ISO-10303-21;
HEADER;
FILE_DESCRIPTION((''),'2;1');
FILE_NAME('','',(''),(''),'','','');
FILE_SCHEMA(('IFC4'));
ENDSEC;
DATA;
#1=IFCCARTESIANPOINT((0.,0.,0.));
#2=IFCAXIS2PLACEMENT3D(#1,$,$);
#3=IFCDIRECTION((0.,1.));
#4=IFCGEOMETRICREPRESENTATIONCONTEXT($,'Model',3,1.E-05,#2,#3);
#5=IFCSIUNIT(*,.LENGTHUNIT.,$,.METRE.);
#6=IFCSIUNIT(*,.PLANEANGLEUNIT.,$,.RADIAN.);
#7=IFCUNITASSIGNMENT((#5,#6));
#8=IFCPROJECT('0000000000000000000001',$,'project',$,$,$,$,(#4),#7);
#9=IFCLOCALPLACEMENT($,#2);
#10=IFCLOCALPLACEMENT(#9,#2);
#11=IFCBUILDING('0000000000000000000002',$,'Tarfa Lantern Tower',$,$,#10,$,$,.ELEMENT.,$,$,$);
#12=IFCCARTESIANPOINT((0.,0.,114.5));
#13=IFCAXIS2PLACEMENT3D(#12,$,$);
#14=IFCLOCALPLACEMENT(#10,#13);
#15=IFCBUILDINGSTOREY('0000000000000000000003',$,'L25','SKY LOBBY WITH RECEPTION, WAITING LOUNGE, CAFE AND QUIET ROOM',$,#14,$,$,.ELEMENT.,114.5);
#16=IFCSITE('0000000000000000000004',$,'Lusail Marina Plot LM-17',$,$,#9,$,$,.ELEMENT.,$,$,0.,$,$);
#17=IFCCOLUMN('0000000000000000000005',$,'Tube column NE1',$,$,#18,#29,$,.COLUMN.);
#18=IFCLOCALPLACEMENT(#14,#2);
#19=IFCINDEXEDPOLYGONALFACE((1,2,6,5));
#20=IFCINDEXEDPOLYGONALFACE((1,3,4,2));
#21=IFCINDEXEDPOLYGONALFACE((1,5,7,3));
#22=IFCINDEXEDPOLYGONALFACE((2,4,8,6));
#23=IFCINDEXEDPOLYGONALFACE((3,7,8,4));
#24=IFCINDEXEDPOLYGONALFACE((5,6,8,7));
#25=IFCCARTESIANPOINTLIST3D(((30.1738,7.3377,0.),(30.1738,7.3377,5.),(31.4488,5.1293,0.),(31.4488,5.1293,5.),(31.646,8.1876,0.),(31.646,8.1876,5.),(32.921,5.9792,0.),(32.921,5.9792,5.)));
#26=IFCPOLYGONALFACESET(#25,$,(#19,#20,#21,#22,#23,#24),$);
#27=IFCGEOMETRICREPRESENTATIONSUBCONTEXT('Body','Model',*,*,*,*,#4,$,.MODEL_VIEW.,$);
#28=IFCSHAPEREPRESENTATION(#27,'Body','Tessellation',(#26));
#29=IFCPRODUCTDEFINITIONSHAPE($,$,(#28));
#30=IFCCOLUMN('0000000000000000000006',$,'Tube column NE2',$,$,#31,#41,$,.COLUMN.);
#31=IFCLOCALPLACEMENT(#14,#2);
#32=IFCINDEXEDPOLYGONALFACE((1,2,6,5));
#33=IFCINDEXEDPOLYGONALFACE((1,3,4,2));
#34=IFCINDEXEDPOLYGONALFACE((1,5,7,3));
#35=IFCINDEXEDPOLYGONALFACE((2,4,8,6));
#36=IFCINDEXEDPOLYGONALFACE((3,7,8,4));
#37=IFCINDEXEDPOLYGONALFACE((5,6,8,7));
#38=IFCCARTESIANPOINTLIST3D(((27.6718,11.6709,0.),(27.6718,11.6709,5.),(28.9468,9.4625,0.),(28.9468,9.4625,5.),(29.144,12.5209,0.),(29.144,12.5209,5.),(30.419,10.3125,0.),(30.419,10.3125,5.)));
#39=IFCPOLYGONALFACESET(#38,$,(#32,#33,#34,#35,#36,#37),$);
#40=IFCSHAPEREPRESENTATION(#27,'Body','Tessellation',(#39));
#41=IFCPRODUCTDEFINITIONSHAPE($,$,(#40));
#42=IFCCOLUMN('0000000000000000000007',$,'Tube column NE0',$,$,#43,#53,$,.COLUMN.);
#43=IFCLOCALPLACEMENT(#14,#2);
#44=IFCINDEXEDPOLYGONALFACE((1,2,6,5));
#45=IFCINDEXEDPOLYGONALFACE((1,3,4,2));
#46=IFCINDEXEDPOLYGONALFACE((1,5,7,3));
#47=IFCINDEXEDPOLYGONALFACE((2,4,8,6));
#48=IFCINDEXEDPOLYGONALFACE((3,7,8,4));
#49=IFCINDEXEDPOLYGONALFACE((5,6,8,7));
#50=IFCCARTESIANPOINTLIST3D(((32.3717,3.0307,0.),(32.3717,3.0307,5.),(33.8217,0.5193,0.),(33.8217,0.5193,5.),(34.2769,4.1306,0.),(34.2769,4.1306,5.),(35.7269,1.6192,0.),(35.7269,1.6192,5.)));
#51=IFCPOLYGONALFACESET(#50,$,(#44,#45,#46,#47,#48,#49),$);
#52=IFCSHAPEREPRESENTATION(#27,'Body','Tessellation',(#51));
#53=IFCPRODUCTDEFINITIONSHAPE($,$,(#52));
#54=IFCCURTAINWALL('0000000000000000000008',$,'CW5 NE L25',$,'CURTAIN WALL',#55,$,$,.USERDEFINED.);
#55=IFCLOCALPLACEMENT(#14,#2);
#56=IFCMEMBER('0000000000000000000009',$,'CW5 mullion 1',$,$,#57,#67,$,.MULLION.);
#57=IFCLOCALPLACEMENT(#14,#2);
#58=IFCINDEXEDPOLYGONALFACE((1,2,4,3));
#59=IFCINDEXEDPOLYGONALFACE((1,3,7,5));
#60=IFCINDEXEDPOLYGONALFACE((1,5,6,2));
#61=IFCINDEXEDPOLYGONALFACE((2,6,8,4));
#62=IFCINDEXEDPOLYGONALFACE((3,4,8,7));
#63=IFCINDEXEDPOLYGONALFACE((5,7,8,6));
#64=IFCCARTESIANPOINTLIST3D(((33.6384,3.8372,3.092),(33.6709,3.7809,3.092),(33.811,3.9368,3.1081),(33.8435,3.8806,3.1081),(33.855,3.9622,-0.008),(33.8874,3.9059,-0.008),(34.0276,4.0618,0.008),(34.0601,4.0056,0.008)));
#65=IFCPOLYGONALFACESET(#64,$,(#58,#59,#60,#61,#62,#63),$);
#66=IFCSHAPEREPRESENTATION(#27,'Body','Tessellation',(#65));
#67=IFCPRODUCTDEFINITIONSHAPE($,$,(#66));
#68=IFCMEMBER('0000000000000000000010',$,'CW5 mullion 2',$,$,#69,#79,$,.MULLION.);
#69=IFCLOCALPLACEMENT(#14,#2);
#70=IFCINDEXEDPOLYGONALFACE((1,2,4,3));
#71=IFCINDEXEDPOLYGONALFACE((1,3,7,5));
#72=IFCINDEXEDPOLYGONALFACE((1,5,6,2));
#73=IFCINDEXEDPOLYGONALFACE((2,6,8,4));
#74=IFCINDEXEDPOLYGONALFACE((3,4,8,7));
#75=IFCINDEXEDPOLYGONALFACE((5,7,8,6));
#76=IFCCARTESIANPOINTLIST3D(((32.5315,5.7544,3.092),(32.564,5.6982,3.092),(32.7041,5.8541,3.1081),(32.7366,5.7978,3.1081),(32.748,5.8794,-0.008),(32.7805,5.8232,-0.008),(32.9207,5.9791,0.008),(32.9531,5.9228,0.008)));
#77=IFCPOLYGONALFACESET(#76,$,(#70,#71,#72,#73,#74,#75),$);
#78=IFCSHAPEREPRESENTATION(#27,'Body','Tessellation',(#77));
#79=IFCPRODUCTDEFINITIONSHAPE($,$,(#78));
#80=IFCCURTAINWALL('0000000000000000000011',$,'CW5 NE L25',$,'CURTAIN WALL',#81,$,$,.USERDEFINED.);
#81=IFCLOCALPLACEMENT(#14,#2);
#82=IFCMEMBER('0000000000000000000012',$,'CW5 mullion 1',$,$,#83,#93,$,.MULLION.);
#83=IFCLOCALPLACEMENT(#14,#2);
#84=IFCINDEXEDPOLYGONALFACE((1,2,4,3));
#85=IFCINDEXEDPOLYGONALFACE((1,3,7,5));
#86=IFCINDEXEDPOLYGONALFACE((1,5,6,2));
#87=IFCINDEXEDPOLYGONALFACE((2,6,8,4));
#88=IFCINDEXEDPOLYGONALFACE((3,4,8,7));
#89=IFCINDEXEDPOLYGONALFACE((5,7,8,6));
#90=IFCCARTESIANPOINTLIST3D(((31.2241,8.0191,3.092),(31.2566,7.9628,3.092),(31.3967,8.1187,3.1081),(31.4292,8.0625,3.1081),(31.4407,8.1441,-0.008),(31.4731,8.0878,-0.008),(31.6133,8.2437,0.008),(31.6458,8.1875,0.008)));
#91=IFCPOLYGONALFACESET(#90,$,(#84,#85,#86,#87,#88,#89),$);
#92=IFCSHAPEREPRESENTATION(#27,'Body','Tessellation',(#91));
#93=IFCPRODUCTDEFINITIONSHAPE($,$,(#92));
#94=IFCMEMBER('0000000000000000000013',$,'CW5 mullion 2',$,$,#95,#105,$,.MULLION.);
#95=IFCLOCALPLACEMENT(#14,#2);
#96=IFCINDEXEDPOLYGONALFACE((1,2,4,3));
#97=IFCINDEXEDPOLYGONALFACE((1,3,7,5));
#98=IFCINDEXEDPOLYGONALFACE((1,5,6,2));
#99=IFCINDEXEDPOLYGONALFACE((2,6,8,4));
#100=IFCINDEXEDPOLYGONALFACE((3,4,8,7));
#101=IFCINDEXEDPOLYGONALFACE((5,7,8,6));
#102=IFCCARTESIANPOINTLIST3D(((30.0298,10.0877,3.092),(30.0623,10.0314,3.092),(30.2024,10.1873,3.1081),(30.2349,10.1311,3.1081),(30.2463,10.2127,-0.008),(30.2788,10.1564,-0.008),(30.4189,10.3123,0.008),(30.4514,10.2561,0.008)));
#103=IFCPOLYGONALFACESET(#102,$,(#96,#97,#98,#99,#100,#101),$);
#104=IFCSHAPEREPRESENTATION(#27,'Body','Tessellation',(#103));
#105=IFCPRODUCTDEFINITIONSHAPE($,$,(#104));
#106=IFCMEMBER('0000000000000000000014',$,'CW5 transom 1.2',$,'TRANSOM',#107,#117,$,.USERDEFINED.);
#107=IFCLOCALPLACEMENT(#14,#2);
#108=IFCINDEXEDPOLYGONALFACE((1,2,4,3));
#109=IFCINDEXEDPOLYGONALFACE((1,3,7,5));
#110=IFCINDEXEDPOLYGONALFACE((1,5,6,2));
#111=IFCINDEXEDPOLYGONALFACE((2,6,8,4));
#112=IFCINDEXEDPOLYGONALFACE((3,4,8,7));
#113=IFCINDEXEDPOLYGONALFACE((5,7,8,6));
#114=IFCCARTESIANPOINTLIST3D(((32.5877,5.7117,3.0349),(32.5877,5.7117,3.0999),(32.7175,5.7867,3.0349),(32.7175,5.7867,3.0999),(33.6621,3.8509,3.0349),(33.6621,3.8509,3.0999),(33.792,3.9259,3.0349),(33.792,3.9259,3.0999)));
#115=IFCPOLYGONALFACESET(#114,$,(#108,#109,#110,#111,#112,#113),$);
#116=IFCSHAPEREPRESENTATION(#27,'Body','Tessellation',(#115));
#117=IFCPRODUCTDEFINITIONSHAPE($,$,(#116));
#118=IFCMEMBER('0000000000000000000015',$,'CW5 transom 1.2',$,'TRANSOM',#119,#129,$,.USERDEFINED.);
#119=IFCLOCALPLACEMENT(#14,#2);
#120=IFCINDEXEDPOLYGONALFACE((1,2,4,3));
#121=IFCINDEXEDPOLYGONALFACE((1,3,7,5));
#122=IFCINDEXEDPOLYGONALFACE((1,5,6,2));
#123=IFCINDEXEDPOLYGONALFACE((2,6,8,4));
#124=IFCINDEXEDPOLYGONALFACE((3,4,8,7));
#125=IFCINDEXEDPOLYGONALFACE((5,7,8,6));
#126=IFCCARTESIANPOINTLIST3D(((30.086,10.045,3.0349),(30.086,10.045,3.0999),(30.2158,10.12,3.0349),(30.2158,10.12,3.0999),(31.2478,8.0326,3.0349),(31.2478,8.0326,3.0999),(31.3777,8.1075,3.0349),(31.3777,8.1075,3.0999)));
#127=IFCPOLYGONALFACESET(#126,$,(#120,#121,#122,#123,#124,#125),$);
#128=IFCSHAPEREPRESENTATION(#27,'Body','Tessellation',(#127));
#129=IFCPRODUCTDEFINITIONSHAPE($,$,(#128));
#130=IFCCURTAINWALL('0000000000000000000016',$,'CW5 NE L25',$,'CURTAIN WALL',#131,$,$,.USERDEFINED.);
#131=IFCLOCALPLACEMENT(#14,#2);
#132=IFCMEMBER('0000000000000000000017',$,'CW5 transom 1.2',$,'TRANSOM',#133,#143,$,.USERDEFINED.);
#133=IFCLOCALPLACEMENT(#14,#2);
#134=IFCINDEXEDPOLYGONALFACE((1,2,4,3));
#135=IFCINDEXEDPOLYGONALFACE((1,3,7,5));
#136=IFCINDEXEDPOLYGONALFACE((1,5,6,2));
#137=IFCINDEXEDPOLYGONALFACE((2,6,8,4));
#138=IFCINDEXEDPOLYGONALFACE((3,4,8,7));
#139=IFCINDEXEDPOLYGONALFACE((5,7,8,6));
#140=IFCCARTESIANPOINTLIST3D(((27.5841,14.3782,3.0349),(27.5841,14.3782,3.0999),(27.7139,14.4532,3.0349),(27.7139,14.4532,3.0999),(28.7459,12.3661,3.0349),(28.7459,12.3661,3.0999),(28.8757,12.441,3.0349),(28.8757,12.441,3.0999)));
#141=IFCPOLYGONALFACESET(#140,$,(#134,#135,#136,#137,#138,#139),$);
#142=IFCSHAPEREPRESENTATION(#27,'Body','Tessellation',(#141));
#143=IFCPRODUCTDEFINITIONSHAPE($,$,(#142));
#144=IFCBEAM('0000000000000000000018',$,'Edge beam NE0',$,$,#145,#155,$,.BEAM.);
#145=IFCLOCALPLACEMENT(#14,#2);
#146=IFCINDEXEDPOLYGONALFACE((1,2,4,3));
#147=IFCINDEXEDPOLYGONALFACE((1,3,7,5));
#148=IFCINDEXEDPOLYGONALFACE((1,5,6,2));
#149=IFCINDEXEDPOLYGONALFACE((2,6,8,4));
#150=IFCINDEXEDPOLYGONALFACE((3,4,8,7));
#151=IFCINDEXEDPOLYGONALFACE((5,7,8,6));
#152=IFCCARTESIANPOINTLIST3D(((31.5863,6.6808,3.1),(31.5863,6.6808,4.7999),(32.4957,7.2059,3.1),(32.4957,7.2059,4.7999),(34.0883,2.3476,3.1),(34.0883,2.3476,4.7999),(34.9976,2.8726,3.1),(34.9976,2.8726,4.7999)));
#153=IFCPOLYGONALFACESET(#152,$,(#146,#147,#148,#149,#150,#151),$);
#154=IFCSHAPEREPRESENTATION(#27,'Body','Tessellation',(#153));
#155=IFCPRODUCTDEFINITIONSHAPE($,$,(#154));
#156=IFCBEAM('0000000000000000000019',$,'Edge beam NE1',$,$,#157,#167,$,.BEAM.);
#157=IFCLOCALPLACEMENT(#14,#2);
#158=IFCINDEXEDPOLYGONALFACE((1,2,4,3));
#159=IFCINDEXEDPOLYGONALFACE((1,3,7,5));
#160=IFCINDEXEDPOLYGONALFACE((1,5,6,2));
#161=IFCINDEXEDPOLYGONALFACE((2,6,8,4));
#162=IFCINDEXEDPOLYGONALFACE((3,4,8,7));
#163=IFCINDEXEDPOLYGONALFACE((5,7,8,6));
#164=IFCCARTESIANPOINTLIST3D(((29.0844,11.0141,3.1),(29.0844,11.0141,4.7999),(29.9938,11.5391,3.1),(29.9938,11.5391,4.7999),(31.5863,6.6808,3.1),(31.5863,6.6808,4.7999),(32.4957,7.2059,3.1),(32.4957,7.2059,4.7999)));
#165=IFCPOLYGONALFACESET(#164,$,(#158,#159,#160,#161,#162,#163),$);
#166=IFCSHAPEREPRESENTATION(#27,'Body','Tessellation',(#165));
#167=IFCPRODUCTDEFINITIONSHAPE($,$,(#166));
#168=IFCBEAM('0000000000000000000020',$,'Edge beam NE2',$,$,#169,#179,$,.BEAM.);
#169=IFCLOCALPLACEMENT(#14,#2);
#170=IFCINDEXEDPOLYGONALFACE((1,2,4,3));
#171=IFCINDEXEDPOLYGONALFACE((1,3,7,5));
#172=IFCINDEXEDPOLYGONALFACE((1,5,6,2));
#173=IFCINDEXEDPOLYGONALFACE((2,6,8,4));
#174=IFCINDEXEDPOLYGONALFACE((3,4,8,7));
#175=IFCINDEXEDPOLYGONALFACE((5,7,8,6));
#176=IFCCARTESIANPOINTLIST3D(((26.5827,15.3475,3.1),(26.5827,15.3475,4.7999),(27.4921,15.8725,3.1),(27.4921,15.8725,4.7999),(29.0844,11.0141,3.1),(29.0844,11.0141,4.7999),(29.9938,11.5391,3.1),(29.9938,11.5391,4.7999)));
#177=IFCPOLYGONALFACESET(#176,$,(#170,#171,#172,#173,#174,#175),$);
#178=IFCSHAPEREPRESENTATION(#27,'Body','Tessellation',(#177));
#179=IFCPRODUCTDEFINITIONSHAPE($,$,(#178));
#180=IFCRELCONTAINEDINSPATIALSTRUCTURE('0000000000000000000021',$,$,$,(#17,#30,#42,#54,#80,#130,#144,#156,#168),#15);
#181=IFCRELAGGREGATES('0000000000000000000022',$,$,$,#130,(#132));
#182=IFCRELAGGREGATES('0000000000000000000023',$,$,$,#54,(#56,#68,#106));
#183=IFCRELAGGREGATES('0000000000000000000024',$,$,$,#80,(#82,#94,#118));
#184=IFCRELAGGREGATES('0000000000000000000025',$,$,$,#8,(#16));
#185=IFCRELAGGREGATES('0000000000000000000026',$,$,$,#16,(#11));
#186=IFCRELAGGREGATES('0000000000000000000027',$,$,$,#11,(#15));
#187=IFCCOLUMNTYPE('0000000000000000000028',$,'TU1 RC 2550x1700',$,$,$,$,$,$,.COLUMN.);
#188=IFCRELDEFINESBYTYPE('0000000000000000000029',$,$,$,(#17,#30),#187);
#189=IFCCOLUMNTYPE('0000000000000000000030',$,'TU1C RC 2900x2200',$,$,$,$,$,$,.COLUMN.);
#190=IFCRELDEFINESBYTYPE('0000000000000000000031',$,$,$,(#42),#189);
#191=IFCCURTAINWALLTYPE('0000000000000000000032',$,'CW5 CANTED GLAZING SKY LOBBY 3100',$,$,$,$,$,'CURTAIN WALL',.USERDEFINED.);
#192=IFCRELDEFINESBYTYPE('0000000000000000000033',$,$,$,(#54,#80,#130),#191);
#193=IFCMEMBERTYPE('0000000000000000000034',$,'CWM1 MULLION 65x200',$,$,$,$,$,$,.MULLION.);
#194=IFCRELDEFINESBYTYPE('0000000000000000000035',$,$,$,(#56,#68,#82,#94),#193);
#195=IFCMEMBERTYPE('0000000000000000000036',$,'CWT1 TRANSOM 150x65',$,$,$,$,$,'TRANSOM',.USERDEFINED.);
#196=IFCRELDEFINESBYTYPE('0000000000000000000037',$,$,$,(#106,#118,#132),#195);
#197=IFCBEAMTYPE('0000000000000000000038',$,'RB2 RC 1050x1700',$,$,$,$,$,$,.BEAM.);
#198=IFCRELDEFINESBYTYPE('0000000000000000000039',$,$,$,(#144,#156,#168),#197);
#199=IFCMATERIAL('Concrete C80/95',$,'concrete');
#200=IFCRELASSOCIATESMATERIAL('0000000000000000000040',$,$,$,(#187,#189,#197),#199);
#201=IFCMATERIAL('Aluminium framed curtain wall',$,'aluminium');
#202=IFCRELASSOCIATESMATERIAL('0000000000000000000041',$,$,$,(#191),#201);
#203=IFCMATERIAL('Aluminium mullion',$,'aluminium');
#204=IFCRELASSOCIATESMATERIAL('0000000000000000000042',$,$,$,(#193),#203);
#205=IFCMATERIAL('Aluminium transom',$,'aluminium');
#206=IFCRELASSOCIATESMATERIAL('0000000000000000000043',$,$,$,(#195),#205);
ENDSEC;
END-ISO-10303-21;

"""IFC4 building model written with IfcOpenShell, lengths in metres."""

from ifc_helpers import new_model, si_unit, direction, frame, origin, origin_2d, place, context, subcontext, project, spatial, rectangle, extrude, material, material_profile, profile_set, type_object, element, aggregate, save


model = new_model("IFC4")

# Units and contexts
model_context = context("Model", 3, precision=1e-05, world=origin(), true_north=direction((0.0, 1.0)))
body_context = subcontext(model_context, "Body", "Model", "MODEL_VIEW")
ifc_project = project(units=[si_unit("LENGTHUNIT", "METRE"), si_unit("PLANEANGLEUNIT", "RADIAN")], contexts=[model_context])

# Site, building, storey
site_placement = place(None, origin())
site = spatial("IfcSite", under=ifc_project, at=site_placement, Name="Lusail Marina Plot LM-17", CompositionType="ELEMENT", RefElevation=0.0)
building_placement = place(site_placement, origin())
building = spatial("IfcBuilding", under=site, at=building_placement, Name="Tarfa Lantern Tower", CompositionType="ELEMENT")
storey_placement = place(building_placement, frame((0.0, 0.0, 114.5)))
storey = spatial("IfcBuildingStorey", under=building, at=storey_placement, Name="L25", Description="SKY LOBBY WITH RECEPTION, WAITING LOUNGE, CAFE AND QUIET ROOM", CompositionType="ELEMENT", Elevation=114.5)

# Columns
ifc_material_1 = material(Name="Concrete C80/95", Category="concrete")
ifc_material_profile_1 = material_profile(ifc_material_1, rectangle(XDim=2.55, YDim=1.7, at=origin_2d()), Name="RC 2550x1700")
ifc_profile_set_1 = profile_set([ifc_material_profile_1], Name="Concrete C80/95")
column_type_1 = type_object("IfcColumnType", Name="TU1 RC 2550x1700", PredefinedType="COLUMN", material=ifc_profile_set_1)
for number, where, z_axis, x_axis, name in (
    (1, (31.5474, 6.6584, 0.0), (0.0, 0.0, 1.0), (-0.5, 0.866025, 0.0), "Tube column NE1"),
    (2, (29.0454, 10.9917, 0.0), (0.0, 0.0, 1.0), (-0.5, 0.866025, 0.0), "Tube column NE2"),
):
    element("IfcColumn", number, at=place(storey_placement, frame(where, z_axis=z_axis, x_axis=x_axis)), inside=storey, type_object=column_type_1, Name=name, PredefinedType="COLUMN", context=body_context, shape_type="SweptSolid", body=[
        extrude(rectangle(XDim=2.55, YDim=1.7, at=origin_2d()), origin(), (0.0, 0.0, 1.0), 5.0),
    ])
ifc_material_profile_2 = material_profile(ifc_material_1, rectangle(XDim=2.8999, YDim=2.2, at=origin_2d()), Name="RC 2900x2200")
ifc_profile_set_2 = profile_set([ifc_material_profile_2], Name="Concrete C80/95")
column_type_2 = type_object("IfcColumnType", Name="TU1C RC 2900x2200", PredefinedType="COLUMN", material=ifc_profile_set_2)
column_placement = place(storey_placement, frame((34.0493, 2.325, 0.0), z_axis=(0.0, 0.0, 1.0), x_axis=(-0.5, 0.866025, 0.0)))
element("IfcColumn", 3, at=column_placement, inside=storey, type_object=column_type_2, Name="Tube column NE0", PredefinedType="COLUMN", context=body_context, shape_type="SweptSolid", body=[
    extrude(rectangle(XDim=2.8999, YDim=2.2, at=origin_2d()), origin(), (0.0, 0.0, 1.0), 5.0),
])

# Curtain walls, members
ifc_material_2 = material(Name="Aluminium framed curtain wall", Category="aluminium")
curtain_wall_type = type_object("IfcCurtainWallType", Name="CW5 CANTED GLAZING SKY LOBBY 3100", ElementType="CURTAIN WALL", PredefinedType="USERDEFINED", material=ifc_material_2)
curtain_wall_1_placement = place(storey_placement, origin())
curtain_wall_1 = element("IfcCurtainWall", 4, at=curtain_wall_1_placement, inside=storey, type_object=curtain_wall_type, Name="CW5 NE L25", ObjectType="CURTAIN WALL", PredefinedType="USERDEFINED")
ifc_material_3 = material(Name="Aluminium mullion", Category="aluminium")
ifc_material_profile_3 = material_profile(ifc_material_3, rectangle(XDim=0.0649, YDim=0.2, at=origin_2d()), Name="AL MULLION 65x200")
ifc_profile_set_3 = profile_set([ifc_material_profile_3], Name="Aluminium mullion")
member_type_1 = type_object("IfcMemberType", Name="CWM1 MULLION 65x200", PredefinedType="MULLION", material=ifc_profile_set_3)
member_1_placement = place(storey_placement, frame((33.9575, 3.9839, 0.0), z_axis=(-0.069627, -0.040191, 0.996763), x_axis=(0.49992, -0.866072, 0.0)))
member_1 = element("IfcMember", 5, at=member_1_placement, type_object=member_type_1, Name="CW5 mullion 1", PredefinedType="MULLION", context=body_context, shape_type="SweptSolid", body=[
    extrude(rectangle(XDim=0.0649, YDim=0.2, at=origin_2d()), origin(), (0.0, 0.0, 1.0), 3.1101),
])
member_2_placement = place(storey_placement, frame((32.8506, 5.9011, 0.0), z_axis=(-0.069627, -0.040191, 0.996763), x_axis=(0.49992, -0.866072, 0.0)))
member_2 = element("IfcMember", 6, at=member_2_placement, type_object=member_type_1, Name="CW5 mullion 2", PredefinedType="MULLION", context=body_context, shape_type="SweptSolid", body=[
    extrude(rectangle(XDim=0.0649, YDim=0.2, at=origin_2d()), origin(), (0.0, 0.0, 1.0), 3.1101),
])
curtain_wall_2_placement = place(storey_placement, origin())
curtain_wall_2 = element("IfcCurtainWall", 7, at=curtain_wall_2_placement, inside=storey, type_object=curtain_wall_type, Name="CW5 NE L25", ObjectType="CURTAIN WALL", PredefinedType="USERDEFINED")
member_3_placement = place(storey_placement, frame((31.5432, 8.1658, 0.0), z_axis=(-0.069627, -0.040191, 0.996763), x_axis=(0.49992, -0.866072, 0.0)))
member_3 = element("IfcMember", 8, at=member_3_placement, type_object=member_type_1, Name="CW5 mullion 1", PredefinedType="MULLION", context=body_context, shape_type="SweptSolid", body=[
    extrude(rectangle(XDim=0.0649, YDim=0.2, at=origin_2d()), origin(), (0.0, 0.0, 1.0), 3.1101),
])
member_4_placement = place(storey_placement, frame((30.3489, 10.2344, 0.0), z_axis=(-0.069627, -0.040191, 0.996763), x_axis=(0.49992, -0.866072, 0.0)))
member_4 = element("IfcMember", 9, at=member_4_placement, type_object=member_type_1, Name="CW5 mullion 2", PredefinedType="MULLION", context=body_context, shape_type="SweptSolid", body=[
    extrude(rectangle(XDim=0.0649, YDim=0.2, at=origin_2d()), origin(), (0.0, 0.0, 1.0), 3.1101),
])

# Members
ifc_material_4 = material(Name="Aluminium transom", Category="aluminium")
ifc_material_profile_4 = material_profile(ifc_material_4, rectangle(XDim=0.1499, YDim=0.0649, at=origin_2d()), Name="AL TRANSOM 150x65")
ifc_profile_set_4 = profile_set([ifc_material_profile_4], Name="Aluminium transom")
member_type_2 = type_object("IfcMemberType", Name="CWT1 TRANSOM 150x65", ElementType="TRANSOM", PredefinedType="USERDEFINED", material=ifc_profile_set_4)
member_5_placement = place(storey_placement, frame((33.7271, 3.8884, 3.0674), z_axis=(-0.500037, 0.866004, 0.0), x_axis=(-0.866004, -0.500037, 0.0)))
member_5 = element("IfcMember", 10, at=member_5_placement, type_object=member_type_2, Name="CW5 transom 1.2", ObjectType="TRANSOM", PredefinedType="USERDEFINED", context=body_context, shape_type="SweptSolid", body=[
    extrude(rectangle(XDim=0.1499, YDim=0.0649, at=origin_2d()), origin(), (0.0, 0.0, 1.0), 2.1487),
])
member_6_placement = place(storey_placement, frame((31.3127, 8.0701, 3.0674), z_axis=(-0.499992, 0.86603, 0.0), x_axis=(-0.86603, -0.499992, 0.0)))
member_6 = element("IfcMember", 11, at=member_6_placement, type_object=member_type_2, Name="CW5 transom 1.2", ObjectType="TRANSOM", PredefinedType="USERDEFINED", context=body_context, shape_type="SweptSolid", body=[
    extrude(rectangle(XDim=0.1499, YDim=0.0649, at=origin_2d()), origin(), (0.0, 0.0, 1.0), 2.3237),
])

# Curtain wall, member
curtain_wall_3_placement = place(storey_placement, origin())
curtain_wall_3 = element("IfcCurtainWall", 12, at=curtain_wall_3_placement, inside=storey, type_object=curtain_wall_type, Name="CW5 NE L25", ObjectType="CURTAIN WALL", PredefinedType="USERDEFINED")
member_7_placement = place(storey_placement, frame((28.8108, 12.4036, 3.0674), z_axis=(-0.500038, 0.866004, 0.0), x_axis=(-0.866004, -0.500038, 0.0)))
member_7 = element("IfcMember", 13, at=member_7_placement, type_object=member_type_2, Name="CW5 transom 1.2", ObjectType="TRANSOM", PredefinedType="USERDEFINED", context=body_context, shape_type="SweptSolid", body=[
    extrude(rectangle(XDim=0.1499, YDim=0.0649, at=origin_2d()), origin(), (0.0, 0.0, 1.0), 2.3235),
])
aggregate(curtain_wall_3, [member_7])

# Beams
ifc_material_profile_5 = material_profile(ifc_material_1, rectangle(XDim=1.05, YDim=1.7, at=origin_2d()), Name="RC 1050x1700")
ifc_profile_set_5 = profile_set([ifc_material_profile_5], Name="Concrete C80/95")
beam_type_1 = type_object("IfcBeamType", Name="RB2 RC 1050x1700", PredefinedType="BEAM", material=ifc_profile_set_5)
for number, where, z_axis, x_axis, name in (
    (14, (34.543, 2.6101, 3.95), (-0.500022, 0.866013, 0.0), (-0.866013, -0.500022, 0.0), "Edge beam NE0"),
    (15, (32.041, 6.9434, 3.95), (-0.500022, 0.866013, 0.0), (-0.866013, -0.500022, 0.0), "Edge beam NE1"),
    (16, (29.5391, 11.2766, 3.95), (-0.499965, 0.866046, 0.0), (-0.866046, -0.499965, 0.0), "Edge beam NE2"),
):
    element("IfcBeam", number, at=place(storey_placement, frame(where, z_axis=z_axis, x_axis=x_axis)), inside=storey, type_object=beam_type_1, Name=name, PredefinedType="BEAM", context=body_context, shape_type="SweptSolid", body=[
        extrude(rectangle(XDim=1.05, YDim=1.7, at=origin_2d()), origin(), (0.0, 0.0, 1.0), 5.0037),
    ])

aggregate(curtain_wall_1, [member_1, member_2, member_5])
aggregate(curtain_wall_2, [member_3, member_4, member_6])

save(model, "model.ifc")
